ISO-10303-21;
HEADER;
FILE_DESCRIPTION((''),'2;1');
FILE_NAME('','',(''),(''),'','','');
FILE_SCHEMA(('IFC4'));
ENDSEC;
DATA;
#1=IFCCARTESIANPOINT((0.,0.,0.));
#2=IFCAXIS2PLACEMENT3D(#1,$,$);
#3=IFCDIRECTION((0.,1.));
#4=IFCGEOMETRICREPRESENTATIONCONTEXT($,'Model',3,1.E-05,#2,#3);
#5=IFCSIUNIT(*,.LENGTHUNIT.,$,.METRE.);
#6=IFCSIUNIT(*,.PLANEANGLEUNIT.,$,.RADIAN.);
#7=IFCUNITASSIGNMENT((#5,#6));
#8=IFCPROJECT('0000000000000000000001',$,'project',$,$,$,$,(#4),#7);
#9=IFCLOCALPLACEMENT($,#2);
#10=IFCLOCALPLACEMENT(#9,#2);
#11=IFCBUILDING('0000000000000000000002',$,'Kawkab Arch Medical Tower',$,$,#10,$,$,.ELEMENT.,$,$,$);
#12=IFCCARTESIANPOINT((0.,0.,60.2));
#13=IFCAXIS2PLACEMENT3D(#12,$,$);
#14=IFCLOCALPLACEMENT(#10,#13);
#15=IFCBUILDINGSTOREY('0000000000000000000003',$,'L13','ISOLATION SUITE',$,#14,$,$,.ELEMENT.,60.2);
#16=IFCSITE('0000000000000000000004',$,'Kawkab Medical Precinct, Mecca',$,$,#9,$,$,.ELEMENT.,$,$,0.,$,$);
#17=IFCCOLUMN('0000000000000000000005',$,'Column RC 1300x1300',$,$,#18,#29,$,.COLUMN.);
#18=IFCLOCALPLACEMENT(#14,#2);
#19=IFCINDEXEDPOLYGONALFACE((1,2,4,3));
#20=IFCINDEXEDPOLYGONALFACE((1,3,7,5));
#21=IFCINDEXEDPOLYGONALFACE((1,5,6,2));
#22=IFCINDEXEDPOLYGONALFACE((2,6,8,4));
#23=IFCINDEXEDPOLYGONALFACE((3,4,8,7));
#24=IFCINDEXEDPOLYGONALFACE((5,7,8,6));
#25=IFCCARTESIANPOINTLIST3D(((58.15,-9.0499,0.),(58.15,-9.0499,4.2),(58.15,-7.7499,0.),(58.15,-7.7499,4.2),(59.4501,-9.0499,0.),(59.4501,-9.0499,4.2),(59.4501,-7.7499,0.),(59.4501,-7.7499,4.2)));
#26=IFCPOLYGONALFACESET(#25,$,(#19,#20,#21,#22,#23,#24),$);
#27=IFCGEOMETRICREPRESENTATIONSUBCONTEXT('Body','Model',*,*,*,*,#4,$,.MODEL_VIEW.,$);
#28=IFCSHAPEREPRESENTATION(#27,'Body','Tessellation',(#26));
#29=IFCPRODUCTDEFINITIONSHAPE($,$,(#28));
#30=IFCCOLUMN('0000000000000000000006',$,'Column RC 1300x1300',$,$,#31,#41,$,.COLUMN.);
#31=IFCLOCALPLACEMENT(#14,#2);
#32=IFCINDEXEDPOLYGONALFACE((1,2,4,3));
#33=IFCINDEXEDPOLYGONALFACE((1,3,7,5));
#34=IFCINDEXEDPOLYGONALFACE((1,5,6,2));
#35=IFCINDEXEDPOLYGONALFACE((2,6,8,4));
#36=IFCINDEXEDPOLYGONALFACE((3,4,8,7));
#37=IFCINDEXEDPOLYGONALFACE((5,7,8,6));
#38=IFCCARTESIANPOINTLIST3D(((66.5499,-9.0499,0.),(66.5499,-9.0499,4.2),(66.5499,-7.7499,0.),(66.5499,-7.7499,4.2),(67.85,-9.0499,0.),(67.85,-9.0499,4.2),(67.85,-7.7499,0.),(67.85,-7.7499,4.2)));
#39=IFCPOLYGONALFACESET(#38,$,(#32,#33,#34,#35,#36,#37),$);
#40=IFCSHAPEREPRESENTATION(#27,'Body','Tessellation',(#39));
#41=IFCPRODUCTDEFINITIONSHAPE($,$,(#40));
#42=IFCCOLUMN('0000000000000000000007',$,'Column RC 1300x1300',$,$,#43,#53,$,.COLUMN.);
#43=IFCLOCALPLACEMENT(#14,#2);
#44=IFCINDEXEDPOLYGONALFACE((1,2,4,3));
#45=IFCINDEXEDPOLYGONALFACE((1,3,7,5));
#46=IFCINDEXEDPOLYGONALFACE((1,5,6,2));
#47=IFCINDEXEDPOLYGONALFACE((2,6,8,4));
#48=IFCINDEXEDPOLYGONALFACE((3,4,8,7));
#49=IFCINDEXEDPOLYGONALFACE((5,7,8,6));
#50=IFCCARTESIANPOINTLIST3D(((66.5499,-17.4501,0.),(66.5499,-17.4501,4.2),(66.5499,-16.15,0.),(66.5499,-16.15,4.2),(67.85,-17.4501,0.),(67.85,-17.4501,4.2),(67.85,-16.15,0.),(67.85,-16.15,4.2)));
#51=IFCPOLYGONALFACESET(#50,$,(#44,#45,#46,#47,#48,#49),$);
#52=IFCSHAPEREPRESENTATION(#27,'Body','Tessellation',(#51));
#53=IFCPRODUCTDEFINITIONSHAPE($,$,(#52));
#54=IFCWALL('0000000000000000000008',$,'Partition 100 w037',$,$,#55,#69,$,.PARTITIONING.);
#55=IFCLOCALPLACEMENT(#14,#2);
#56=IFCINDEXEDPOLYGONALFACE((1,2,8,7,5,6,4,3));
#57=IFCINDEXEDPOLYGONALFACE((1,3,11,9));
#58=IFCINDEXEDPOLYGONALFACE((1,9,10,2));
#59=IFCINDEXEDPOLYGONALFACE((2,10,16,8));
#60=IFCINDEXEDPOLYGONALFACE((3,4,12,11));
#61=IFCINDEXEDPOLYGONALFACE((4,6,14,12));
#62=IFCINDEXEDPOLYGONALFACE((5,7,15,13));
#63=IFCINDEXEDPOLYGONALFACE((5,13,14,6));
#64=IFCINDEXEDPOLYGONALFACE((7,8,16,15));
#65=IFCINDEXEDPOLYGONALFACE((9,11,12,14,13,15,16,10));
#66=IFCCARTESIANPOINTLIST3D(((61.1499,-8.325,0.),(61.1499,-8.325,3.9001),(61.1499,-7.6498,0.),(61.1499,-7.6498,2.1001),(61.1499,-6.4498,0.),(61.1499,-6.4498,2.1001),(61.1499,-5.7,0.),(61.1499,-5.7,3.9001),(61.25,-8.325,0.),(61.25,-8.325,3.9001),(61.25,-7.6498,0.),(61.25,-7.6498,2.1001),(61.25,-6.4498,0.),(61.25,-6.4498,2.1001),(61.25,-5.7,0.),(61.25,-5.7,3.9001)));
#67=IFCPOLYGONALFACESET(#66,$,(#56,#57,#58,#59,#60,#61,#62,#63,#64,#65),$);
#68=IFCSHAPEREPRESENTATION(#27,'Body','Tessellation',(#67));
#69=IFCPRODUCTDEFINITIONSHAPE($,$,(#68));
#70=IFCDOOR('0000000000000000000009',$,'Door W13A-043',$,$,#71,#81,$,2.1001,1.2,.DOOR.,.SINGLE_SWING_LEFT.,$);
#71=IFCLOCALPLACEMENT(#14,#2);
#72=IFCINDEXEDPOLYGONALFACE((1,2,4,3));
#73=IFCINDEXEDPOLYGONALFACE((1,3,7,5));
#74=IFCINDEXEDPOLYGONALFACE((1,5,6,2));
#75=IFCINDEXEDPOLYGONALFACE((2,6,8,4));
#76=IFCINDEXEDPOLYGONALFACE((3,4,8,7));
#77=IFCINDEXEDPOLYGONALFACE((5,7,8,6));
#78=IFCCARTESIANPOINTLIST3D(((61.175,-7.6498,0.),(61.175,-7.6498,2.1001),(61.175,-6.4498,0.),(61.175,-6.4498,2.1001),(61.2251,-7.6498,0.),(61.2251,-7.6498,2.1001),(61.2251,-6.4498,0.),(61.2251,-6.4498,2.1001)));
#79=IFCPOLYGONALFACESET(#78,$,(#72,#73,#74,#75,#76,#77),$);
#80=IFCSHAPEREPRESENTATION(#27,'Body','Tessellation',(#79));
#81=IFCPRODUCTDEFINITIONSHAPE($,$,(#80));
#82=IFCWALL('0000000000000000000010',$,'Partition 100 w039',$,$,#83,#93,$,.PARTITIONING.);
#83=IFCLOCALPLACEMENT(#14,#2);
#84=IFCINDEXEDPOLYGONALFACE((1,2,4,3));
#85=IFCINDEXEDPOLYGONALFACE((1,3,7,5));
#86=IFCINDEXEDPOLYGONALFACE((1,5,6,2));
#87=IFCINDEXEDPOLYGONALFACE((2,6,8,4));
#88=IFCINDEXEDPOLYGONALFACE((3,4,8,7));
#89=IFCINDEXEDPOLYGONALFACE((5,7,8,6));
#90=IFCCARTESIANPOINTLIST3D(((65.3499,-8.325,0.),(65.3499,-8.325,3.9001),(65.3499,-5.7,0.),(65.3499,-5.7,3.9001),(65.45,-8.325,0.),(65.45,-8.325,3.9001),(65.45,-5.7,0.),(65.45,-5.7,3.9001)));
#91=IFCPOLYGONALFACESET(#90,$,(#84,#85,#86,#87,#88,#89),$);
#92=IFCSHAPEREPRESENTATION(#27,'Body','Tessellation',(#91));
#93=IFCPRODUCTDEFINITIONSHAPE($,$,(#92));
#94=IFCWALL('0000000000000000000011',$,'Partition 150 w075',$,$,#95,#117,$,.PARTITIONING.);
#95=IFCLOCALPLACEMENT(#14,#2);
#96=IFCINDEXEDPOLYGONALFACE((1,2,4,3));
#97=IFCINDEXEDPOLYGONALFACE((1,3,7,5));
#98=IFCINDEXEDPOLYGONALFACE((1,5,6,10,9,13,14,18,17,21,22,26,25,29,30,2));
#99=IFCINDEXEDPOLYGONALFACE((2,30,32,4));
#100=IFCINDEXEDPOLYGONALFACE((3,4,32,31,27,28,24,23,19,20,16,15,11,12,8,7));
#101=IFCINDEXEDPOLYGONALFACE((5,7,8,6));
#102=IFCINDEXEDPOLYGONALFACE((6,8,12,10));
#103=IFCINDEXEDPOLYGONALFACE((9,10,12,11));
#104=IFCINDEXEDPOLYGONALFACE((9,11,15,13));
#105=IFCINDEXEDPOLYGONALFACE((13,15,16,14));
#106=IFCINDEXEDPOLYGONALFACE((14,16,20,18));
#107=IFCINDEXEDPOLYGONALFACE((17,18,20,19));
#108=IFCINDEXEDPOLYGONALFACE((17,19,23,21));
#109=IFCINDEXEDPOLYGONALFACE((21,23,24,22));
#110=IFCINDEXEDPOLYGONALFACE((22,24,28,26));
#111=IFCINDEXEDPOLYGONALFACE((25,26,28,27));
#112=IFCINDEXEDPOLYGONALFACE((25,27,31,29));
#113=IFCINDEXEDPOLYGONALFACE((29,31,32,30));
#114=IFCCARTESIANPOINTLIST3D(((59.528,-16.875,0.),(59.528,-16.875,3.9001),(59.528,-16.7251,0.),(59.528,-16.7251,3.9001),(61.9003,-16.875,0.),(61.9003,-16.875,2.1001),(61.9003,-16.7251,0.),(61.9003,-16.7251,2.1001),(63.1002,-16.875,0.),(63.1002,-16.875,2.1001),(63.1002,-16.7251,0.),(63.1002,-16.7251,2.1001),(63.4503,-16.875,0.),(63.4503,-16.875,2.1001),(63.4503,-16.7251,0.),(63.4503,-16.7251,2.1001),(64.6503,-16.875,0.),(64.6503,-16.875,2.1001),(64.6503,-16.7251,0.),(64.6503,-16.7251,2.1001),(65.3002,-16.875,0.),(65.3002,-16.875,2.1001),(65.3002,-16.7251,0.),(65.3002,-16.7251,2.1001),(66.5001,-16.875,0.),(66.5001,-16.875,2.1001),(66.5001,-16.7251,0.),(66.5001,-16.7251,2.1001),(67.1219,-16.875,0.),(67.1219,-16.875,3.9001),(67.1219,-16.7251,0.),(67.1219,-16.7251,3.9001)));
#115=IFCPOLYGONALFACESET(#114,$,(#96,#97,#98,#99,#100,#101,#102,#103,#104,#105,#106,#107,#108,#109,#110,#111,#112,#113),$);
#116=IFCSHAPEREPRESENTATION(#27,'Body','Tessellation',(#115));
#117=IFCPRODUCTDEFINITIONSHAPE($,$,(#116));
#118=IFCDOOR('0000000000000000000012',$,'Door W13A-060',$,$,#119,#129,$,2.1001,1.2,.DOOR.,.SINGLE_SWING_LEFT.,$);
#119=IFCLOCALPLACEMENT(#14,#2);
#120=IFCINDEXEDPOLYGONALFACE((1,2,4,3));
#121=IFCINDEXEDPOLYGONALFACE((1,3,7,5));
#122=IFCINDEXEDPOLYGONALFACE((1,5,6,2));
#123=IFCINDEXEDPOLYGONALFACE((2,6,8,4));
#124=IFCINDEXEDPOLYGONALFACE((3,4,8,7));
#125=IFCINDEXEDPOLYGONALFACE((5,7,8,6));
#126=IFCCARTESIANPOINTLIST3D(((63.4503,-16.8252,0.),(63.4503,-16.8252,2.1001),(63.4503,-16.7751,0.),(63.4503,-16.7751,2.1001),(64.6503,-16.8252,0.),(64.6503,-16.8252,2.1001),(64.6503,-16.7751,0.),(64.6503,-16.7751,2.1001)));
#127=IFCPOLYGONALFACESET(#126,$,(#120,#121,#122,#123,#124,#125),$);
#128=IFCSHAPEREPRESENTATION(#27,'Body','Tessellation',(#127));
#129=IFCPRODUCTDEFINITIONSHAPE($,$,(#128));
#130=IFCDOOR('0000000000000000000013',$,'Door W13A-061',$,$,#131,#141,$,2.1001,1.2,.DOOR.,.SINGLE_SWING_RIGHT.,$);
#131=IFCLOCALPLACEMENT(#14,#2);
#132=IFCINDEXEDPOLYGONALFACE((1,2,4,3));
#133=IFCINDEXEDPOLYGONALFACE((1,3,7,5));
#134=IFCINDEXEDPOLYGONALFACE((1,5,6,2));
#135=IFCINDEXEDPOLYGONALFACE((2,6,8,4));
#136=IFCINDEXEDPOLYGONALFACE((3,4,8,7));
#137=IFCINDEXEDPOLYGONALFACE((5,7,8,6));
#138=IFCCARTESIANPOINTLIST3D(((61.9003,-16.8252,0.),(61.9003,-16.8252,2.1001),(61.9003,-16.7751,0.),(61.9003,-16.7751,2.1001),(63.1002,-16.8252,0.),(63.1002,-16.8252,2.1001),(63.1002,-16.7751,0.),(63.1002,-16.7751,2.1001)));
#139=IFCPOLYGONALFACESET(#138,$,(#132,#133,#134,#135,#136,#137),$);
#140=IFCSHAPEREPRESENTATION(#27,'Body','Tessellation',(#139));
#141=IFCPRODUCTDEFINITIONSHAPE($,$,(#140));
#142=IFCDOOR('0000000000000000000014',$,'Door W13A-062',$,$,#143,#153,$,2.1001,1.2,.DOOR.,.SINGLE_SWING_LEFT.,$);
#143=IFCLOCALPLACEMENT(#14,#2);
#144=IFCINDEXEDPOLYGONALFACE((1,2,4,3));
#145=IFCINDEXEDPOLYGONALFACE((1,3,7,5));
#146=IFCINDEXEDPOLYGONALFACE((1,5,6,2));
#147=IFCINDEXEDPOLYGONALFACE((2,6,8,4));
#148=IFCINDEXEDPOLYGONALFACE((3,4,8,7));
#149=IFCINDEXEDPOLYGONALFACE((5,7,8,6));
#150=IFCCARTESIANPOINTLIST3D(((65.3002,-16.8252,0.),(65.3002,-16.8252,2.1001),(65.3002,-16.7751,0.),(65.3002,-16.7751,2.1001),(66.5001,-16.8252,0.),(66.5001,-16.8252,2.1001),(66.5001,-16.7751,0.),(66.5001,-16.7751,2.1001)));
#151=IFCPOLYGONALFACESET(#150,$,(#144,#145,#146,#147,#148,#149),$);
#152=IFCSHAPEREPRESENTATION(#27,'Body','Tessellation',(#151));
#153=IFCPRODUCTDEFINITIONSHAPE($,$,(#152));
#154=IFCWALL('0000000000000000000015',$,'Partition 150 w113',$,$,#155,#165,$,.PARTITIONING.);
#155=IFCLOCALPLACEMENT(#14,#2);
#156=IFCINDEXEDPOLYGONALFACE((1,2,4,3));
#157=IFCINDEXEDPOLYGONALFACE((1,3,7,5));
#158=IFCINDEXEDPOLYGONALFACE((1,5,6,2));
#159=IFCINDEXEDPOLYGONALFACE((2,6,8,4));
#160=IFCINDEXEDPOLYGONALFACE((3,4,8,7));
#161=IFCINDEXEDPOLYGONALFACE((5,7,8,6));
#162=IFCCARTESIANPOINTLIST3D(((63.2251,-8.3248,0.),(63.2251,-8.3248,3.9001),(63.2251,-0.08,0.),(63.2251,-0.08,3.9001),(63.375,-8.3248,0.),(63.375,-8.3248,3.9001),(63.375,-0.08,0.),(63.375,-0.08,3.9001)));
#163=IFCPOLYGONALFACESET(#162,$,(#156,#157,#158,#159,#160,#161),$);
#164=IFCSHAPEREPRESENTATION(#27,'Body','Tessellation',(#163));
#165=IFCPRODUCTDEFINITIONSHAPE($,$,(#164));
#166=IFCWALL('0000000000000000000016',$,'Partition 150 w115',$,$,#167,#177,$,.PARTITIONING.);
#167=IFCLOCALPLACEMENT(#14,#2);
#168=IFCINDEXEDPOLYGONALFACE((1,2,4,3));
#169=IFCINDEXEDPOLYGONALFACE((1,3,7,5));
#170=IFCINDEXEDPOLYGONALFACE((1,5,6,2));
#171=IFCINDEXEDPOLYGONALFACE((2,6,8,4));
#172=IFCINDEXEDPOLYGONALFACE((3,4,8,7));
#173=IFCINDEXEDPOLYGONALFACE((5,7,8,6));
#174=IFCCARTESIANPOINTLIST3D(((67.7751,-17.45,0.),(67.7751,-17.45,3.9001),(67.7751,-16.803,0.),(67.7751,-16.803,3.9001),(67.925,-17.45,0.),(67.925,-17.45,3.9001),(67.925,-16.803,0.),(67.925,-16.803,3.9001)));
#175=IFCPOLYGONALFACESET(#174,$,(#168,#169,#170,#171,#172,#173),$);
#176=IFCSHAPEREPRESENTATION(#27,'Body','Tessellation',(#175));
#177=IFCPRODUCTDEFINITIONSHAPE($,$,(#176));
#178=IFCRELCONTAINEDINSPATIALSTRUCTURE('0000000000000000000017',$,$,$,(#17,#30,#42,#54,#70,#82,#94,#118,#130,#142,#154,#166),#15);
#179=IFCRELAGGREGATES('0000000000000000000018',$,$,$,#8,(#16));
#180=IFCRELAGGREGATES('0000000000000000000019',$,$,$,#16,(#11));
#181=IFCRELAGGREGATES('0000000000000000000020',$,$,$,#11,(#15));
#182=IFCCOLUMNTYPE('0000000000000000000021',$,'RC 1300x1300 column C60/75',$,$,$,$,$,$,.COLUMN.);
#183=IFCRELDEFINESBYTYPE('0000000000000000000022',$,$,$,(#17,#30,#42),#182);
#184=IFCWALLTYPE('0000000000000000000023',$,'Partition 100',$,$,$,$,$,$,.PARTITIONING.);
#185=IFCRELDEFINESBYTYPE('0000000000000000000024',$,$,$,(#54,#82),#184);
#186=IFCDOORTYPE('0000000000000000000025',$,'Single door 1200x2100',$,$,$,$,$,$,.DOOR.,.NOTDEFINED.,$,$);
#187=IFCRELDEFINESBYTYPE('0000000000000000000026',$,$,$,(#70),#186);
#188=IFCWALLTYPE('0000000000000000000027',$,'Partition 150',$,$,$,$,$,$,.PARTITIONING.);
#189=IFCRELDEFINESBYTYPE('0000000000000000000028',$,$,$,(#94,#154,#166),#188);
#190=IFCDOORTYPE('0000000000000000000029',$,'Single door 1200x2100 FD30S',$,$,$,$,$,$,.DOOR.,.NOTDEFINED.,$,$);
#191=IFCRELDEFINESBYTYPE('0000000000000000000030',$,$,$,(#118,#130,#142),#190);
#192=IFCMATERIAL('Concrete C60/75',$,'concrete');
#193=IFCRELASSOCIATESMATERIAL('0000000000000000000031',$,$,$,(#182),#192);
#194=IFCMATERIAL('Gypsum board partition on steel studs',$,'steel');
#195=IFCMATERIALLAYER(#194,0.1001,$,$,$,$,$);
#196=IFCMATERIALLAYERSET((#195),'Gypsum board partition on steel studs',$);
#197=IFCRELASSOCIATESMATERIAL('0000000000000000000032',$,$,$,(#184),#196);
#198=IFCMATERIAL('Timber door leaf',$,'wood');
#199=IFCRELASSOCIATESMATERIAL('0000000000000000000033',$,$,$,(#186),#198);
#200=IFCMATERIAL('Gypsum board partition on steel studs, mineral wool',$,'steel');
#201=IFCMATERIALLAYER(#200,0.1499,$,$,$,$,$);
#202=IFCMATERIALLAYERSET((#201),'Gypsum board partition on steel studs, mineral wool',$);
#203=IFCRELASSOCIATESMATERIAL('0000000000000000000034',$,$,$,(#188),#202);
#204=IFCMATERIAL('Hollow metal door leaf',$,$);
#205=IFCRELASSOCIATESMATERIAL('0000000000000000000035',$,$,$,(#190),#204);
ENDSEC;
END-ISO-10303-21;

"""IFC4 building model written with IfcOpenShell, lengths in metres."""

from ifc_helpers import new_model, si_unit, direction, frame, frame_2d, origin, origin_2d, place, context, subcontext, project, spatial, rectangle, extrude, material, layer, layer_set, material_profile, profile_set, type_object, element, fill, save


model = new_model("IFC4")

# Units and contexts
model_context = context("Model", 3, precision=1e-05, world=origin(), true_north=direction((0.0, 1.0)))
body_context = subcontext(model_context, "Body", "Model", "MODEL_VIEW")
ifc_project = project(units=[si_unit("LENGTHUNIT", "METRE"), si_unit("PLANEANGLEUNIT", "RADIAN")], contexts=[model_context])

# Site, building, storey
site_placement = place(None, origin())
site = spatial("IfcSite", under=ifc_project, at=site_placement, Name="Kawkab Medical Precinct, Mecca", CompositionType="ELEMENT", RefElevation=0.0)
building_placement = place(site_placement, origin())
building = spatial("IfcBuilding", under=site, at=building_placement, Name="Kawkab Arch Medical Tower", CompositionType="ELEMENT")
storey_placement = place(building_placement, frame((0.0, 0.0, 60.2)))
storey = spatial("IfcBuildingStorey", under=building, at=storey_placement, Name="L13", Description="ISOLATION SUITE", CompositionType="ELEMENT", Elevation=60.2)

# Columns
ifc_material_1 = material(Name="Concrete C60/75", Category="concrete")
ifc_material_profile = material_profile(ifc_material_1, rectangle(XDim=1.3, YDim=1.3, at=origin_2d()), Name="RC 1300x1300")
ifc_profile_set = profile_set([ifc_material_profile], Name="Concrete C60/75")
column_type = type_object("IfcColumnType", Name="RC 1300x1300 column C60/75", PredefinedType="COLUMN", material=ifc_profile_set)
for number, where, z_axis, x_axis, name in (
    (1, (58.8, -8.3999, 0.0), (0.0, 0.0, 1.0), (1.0, 0.0, 0.0), "Column RC 1300x1300"),
    (2, (67.2, -8.3999, 0.0), (0.0, 0.0, 1.0), (1.0, 0.0, 0.0), "Column RC 1300x1300"),
    (3, (67.2, -16.8, 0.0), (0.0, 0.0, 1.0), (1.0, 0.0, 0.0), "Column RC 1300x1300"),
):
    element("IfcColumn", number, at=place(storey_placement, frame(where, z_axis=z_axis, x_axis=x_axis)), inside=storey, type_object=column_type, Name=name, PredefinedType="COLUMN", context=body_context, shape_type="SweptSolid", body=[
        extrude(rectangle(XDim=1.3, YDim=1.3, at=origin_2d()), origin(), (0.0, 0.0, 1.0), 4.2),
    ])

# Wall, opening, door
ifc_material_2 = material(Name="Gypsum board partition on steel studs", Category="steel")
ifc_layer_1 = layer(ifc_material_2, 0.1001)
ifc_layer_set_1 = layer_set([ifc_layer_1], Name="Gypsum board partition on steel studs")
wall_type_1 = type_object("IfcWallType", Name="Partition 100", PredefinedType="PARTITIONING", material=ifc_layer_set_1)
wall_1_placement = place(storey_placement, frame((61.2, -8.325, 0.0), z_axis=(0.0, 0.0, 1.0), x_axis=(0.0, 1.0, 0.0)))
wall_1 = element("IfcWall", 4, at=wall_1_placement, inside=storey, type_object=wall_type_1, Name="Partition 100 w037", PredefinedType="PARTITIONING", context=body_context, shape_type="SweptSolid", body=[
    extrude(rectangle(XDim=2.625, YDim=0.1001, at=frame_2d((1.3125, 0.0))), origin(), (0.0, 0.0, 1.0), 3.9001),
])
opening_1_placement = place(wall_1_placement, frame((0.675, 0.0, 0.0)))
opening_1 = element("IfcOpeningElement", 5, at=opening_1_placement, cuts=wall_1, PredefinedType="OPENING", context=body_context, shape_type="SweptSolid", body=[
    extrude(rectangle(XDim=1.2, YDim=2.1001, at=frame_2d((0.6001, 1.05))), frame((0.0, 0.0601, 0.0), z_axis=(0.0, -1.0, 0.0), x_axis=(1.0, 0.0, 0.0)), (0.0, 0.0, 1.0), 0.1201),
])
ifc_material_3 = material(Name="Timber door leaf", Category="wood")
door_type_1 = type_object("IfcDoorType", Name="Single door 1200x2100", OperationType="NOTDEFINED", PredefinedType="DOOR", material=ifc_material_3)
door_1_placement = place(opening_1_placement, origin())
door_1 = element("IfcDoor", 6, at=door_1_placement, inside=storey, type_object=door_type_1, Name="Door W13A-043", OperationType="SINGLE_SWING_LEFT", OverallHeight=2.1001, OverallWidth=1.2, PredefinedType="DOOR", context=body_context, shape_type="SweptSolid", body=[
    extrude(rectangle(XDim=1.2, YDim=2.1001, at=frame_2d((0.6001, 1.05))), frame((0.0, 0.0249, 0.0), z_axis=(0.0, -1.0, 0.0), x_axis=(1.0, 0.0, 0.0)), (0.0, 0.0, 1.0), 0.05),
])
fill(opening_1, door_1)

# Wall
wall_2_placement = place(storey_placement, frame((65.3999, -8.325, 0.0), z_axis=(0.0, 0.0, 1.0), x_axis=(0.0, 1.0, 0.0)))
element("IfcWall", 7, at=wall_2_placement, inside=storey, type_object=wall_type_1, Name="Partition 100 w039", PredefinedType="PARTITIONING", context=body_context, shape_type="SweptSolid", body=[
    extrude(rectangle(XDim=2.625, YDim=0.1001, at=frame_2d((1.3125, 0.0))), origin(), (0.0, 0.0, 1.0), 3.9001),
])

# Wall, openings, doors
ifc_material_4 = material(Name="Gypsum board partition on steel studs, mineral wool", Category="steel")
ifc_layer_2 = layer(ifc_material_4, 0.1499)
ifc_layer_set_2 = layer_set([ifc_layer_2], Name="Gypsum board partition on steel studs, mineral wool")
wall_type_2 = type_object("IfcWallType", Name="Partition 150", PredefinedType="PARTITIONING", material=ifc_layer_set_2)
wall_3_placement = place(storey_placement, frame((59.5281, -16.8, 0.0), z_axis=(0.0, 0.0, 1.0), x_axis=(1.0, 0.0, 0.0)))
wall_3 = element("IfcWall", 8, at=wall_3_placement, inside=storey, type_object=wall_type_2, Name="Partition 150 w075", PredefinedType="PARTITIONING", context=body_context, shape_type="SweptSolid", body=[
    extrude(rectangle(XDim=7.594, YDim=0.1499, at=frame_2d((3.7969, 0.0))), origin(), (0.0, 0.0, 1.0), 3.9001),
])
opening_2_placement = place(wall_3_placement, frame((3.9221, 0.0, 0.0)))
opening_2 = element("IfcOpeningElement", 9, at=opening_2_placement, cuts=wall_3, PredefinedType="OPENING", context=body_context, shape_type="SweptSolid", body=[
    extrude(rectangle(XDim=1.2, YDim=2.1001, at=frame_2d((0.6001, 1.05))), frame((0.0, 0.085, 0.0), z_axis=(0.0, -1.0, 0.0), x_axis=(1.0, 0.0, 0.0)), (0.0, 0.0, 1.0), 0.1699),
])
opening_3_placement = place(wall_3_placement, frame((2.3721, 0.0, 0.0)))
opening_3 = element("IfcOpeningElement", 10, at=opening_3_placement, cuts=wall_3, PredefinedType="OPENING", context=body_context, shape_type="SweptSolid", body=[
    extrude(rectangle(XDim=1.2, YDim=2.1001, at=frame_2d((0.6001, 1.05))), frame((0.0, 0.085, 0.0), z_axis=(0.0, -1.0, 0.0), x_axis=(1.0, 0.0, 0.0)), (0.0, 0.0, 1.0), 0.1699),
])
opening_4_placement = place(wall_3_placement, frame((5.772, 0.0, 0.0)))
opening_4 = element("IfcOpeningElement", 11, at=opening_4_placement, cuts=wall_3, PredefinedType="OPENING", context=body_context, shape_type="SweptSolid", body=[
    extrude(rectangle(XDim=1.2, YDim=2.1001, at=frame_2d((0.6001, 1.05))), frame((0.0, 0.085, 0.0), z_axis=(0.0, -1.0, 0.0), x_axis=(1.0, 0.0, 0.0)), (0.0, 0.0, 1.0), 0.1699),
])
ifc_material_5 = material(Name="Hollow metal door leaf")
door_type_2 = type_object("IfcDoorType", Name="Single door 1200x2100 FD30S", OperationType="NOTDEFINED", PredefinedType="DOOR", material=ifc_material_5)
door_2_placement = place(opening_2_placement, origin())
door_2 = element("IfcDoor", 12, at=door_2_placement, inside=storey, type_object=door_type_2, Name="Door W13A-060", OperationType="SINGLE_SWING_LEFT", OverallHeight=2.1001, OverallWidth=1.2, PredefinedType="DOOR", context=body_context, shape_type="SweptSolid", body=[
    extrude(rectangle(XDim=1.2, YDim=2.1001, at=frame_2d((0.6001, 1.05))), frame((0.0, 0.0249, 0.0), z_axis=(0.0, -1.0, 0.0), x_axis=(1.0, 0.0, 0.0)), (0.0, 0.0, 1.0), 0.05),
])
fill(opening_2, door_2)
door_3_placement = place(opening_3_placement, origin())
door_3 = element("IfcDoor", 13, at=door_3_placement, inside=storey, type_object=door_type_2, Name="Door W13A-061", OperationType="SINGLE_SWING_RIGHT", OverallHeight=2.1001, OverallWidth=1.2, PredefinedType="DOOR", context=body_context, shape_type="SweptSolid", body=[
    extrude(rectangle(XDim=1.2, YDim=2.1001, at=frame_2d((0.6001, 1.05))), frame((0.0, 0.0249, 0.0), z_axis=(0.0, -1.0, 0.0), x_axis=(1.0, 0.0, 0.0)), (0.0, 0.0, 1.0), 0.05),
])
fill(opening_3, door_3)
door_4_placement = place(opening_4_placement, origin())
door_4 = element("IfcDoor", 14, at=door_4_placement, inside=storey, type_object=door_type_2, Name="Door W13A-062", OperationType="SINGLE_SWING_LEFT", OverallHeight=2.1001, OverallWidth=1.2, PredefinedType="DOOR", context=body_context, shape_type="SweptSolid", body=[
    extrude(rectangle(XDim=1.2, YDim=2.1001, at=frame_2d((0.6001, 1.05))), frame((0.0, 0.0249, 0.0), z_axis=(0.0, -1.0, 0.0), x_axis=(1.0, 0.0, 0.0)), (0.0, 0.0, 1.0), 0.05),
])
fill(opening_4, door_4)

# Walls
wall_4_placement = place(storey_placement, frame((63.3, -8.325, 0.0), z_axis=(0.0, 0.0, 1.0), x_axis=(0.0, 1.0, 0.0)))
element("IfcWall", 15, at=wall_4_placement, inside=storey, type_object=wall_type_2, Name="Partition 150 w113", PredefinedType="PARTITIONING", context=body_context, shape_type="SweptSolid", body=[
    extrude(rectangle(XDim=8.2449, YDim=0.1499, at=frame_2d((4.1226, 0.0))), origin(), (0.0, 0.0, 1.0), 3.9001),
])
wall_5_placement = place(storey_placement, frame((67.8501, -17.45, 0.0), z_axis=(0.0, 0.0, 1.0), x_axis=(0.0, 1.0, 0.0)))
element("IfcWall", 16, at=wall_5_placement, inside=storey, type_object=wall_type_2, Name="Partition 150 w115", PredefinedType="PARTITIONING", context=body_context, shape_type="SweptSolid", body=[
    extrude(rectangle(XDim=0.647, YDim=0.1499, at=frame_2d((0.3235, 0.0))), origin(), (0.0, 0.0, 1.0), 3.9001),
])

save(model, "model.ifc")
